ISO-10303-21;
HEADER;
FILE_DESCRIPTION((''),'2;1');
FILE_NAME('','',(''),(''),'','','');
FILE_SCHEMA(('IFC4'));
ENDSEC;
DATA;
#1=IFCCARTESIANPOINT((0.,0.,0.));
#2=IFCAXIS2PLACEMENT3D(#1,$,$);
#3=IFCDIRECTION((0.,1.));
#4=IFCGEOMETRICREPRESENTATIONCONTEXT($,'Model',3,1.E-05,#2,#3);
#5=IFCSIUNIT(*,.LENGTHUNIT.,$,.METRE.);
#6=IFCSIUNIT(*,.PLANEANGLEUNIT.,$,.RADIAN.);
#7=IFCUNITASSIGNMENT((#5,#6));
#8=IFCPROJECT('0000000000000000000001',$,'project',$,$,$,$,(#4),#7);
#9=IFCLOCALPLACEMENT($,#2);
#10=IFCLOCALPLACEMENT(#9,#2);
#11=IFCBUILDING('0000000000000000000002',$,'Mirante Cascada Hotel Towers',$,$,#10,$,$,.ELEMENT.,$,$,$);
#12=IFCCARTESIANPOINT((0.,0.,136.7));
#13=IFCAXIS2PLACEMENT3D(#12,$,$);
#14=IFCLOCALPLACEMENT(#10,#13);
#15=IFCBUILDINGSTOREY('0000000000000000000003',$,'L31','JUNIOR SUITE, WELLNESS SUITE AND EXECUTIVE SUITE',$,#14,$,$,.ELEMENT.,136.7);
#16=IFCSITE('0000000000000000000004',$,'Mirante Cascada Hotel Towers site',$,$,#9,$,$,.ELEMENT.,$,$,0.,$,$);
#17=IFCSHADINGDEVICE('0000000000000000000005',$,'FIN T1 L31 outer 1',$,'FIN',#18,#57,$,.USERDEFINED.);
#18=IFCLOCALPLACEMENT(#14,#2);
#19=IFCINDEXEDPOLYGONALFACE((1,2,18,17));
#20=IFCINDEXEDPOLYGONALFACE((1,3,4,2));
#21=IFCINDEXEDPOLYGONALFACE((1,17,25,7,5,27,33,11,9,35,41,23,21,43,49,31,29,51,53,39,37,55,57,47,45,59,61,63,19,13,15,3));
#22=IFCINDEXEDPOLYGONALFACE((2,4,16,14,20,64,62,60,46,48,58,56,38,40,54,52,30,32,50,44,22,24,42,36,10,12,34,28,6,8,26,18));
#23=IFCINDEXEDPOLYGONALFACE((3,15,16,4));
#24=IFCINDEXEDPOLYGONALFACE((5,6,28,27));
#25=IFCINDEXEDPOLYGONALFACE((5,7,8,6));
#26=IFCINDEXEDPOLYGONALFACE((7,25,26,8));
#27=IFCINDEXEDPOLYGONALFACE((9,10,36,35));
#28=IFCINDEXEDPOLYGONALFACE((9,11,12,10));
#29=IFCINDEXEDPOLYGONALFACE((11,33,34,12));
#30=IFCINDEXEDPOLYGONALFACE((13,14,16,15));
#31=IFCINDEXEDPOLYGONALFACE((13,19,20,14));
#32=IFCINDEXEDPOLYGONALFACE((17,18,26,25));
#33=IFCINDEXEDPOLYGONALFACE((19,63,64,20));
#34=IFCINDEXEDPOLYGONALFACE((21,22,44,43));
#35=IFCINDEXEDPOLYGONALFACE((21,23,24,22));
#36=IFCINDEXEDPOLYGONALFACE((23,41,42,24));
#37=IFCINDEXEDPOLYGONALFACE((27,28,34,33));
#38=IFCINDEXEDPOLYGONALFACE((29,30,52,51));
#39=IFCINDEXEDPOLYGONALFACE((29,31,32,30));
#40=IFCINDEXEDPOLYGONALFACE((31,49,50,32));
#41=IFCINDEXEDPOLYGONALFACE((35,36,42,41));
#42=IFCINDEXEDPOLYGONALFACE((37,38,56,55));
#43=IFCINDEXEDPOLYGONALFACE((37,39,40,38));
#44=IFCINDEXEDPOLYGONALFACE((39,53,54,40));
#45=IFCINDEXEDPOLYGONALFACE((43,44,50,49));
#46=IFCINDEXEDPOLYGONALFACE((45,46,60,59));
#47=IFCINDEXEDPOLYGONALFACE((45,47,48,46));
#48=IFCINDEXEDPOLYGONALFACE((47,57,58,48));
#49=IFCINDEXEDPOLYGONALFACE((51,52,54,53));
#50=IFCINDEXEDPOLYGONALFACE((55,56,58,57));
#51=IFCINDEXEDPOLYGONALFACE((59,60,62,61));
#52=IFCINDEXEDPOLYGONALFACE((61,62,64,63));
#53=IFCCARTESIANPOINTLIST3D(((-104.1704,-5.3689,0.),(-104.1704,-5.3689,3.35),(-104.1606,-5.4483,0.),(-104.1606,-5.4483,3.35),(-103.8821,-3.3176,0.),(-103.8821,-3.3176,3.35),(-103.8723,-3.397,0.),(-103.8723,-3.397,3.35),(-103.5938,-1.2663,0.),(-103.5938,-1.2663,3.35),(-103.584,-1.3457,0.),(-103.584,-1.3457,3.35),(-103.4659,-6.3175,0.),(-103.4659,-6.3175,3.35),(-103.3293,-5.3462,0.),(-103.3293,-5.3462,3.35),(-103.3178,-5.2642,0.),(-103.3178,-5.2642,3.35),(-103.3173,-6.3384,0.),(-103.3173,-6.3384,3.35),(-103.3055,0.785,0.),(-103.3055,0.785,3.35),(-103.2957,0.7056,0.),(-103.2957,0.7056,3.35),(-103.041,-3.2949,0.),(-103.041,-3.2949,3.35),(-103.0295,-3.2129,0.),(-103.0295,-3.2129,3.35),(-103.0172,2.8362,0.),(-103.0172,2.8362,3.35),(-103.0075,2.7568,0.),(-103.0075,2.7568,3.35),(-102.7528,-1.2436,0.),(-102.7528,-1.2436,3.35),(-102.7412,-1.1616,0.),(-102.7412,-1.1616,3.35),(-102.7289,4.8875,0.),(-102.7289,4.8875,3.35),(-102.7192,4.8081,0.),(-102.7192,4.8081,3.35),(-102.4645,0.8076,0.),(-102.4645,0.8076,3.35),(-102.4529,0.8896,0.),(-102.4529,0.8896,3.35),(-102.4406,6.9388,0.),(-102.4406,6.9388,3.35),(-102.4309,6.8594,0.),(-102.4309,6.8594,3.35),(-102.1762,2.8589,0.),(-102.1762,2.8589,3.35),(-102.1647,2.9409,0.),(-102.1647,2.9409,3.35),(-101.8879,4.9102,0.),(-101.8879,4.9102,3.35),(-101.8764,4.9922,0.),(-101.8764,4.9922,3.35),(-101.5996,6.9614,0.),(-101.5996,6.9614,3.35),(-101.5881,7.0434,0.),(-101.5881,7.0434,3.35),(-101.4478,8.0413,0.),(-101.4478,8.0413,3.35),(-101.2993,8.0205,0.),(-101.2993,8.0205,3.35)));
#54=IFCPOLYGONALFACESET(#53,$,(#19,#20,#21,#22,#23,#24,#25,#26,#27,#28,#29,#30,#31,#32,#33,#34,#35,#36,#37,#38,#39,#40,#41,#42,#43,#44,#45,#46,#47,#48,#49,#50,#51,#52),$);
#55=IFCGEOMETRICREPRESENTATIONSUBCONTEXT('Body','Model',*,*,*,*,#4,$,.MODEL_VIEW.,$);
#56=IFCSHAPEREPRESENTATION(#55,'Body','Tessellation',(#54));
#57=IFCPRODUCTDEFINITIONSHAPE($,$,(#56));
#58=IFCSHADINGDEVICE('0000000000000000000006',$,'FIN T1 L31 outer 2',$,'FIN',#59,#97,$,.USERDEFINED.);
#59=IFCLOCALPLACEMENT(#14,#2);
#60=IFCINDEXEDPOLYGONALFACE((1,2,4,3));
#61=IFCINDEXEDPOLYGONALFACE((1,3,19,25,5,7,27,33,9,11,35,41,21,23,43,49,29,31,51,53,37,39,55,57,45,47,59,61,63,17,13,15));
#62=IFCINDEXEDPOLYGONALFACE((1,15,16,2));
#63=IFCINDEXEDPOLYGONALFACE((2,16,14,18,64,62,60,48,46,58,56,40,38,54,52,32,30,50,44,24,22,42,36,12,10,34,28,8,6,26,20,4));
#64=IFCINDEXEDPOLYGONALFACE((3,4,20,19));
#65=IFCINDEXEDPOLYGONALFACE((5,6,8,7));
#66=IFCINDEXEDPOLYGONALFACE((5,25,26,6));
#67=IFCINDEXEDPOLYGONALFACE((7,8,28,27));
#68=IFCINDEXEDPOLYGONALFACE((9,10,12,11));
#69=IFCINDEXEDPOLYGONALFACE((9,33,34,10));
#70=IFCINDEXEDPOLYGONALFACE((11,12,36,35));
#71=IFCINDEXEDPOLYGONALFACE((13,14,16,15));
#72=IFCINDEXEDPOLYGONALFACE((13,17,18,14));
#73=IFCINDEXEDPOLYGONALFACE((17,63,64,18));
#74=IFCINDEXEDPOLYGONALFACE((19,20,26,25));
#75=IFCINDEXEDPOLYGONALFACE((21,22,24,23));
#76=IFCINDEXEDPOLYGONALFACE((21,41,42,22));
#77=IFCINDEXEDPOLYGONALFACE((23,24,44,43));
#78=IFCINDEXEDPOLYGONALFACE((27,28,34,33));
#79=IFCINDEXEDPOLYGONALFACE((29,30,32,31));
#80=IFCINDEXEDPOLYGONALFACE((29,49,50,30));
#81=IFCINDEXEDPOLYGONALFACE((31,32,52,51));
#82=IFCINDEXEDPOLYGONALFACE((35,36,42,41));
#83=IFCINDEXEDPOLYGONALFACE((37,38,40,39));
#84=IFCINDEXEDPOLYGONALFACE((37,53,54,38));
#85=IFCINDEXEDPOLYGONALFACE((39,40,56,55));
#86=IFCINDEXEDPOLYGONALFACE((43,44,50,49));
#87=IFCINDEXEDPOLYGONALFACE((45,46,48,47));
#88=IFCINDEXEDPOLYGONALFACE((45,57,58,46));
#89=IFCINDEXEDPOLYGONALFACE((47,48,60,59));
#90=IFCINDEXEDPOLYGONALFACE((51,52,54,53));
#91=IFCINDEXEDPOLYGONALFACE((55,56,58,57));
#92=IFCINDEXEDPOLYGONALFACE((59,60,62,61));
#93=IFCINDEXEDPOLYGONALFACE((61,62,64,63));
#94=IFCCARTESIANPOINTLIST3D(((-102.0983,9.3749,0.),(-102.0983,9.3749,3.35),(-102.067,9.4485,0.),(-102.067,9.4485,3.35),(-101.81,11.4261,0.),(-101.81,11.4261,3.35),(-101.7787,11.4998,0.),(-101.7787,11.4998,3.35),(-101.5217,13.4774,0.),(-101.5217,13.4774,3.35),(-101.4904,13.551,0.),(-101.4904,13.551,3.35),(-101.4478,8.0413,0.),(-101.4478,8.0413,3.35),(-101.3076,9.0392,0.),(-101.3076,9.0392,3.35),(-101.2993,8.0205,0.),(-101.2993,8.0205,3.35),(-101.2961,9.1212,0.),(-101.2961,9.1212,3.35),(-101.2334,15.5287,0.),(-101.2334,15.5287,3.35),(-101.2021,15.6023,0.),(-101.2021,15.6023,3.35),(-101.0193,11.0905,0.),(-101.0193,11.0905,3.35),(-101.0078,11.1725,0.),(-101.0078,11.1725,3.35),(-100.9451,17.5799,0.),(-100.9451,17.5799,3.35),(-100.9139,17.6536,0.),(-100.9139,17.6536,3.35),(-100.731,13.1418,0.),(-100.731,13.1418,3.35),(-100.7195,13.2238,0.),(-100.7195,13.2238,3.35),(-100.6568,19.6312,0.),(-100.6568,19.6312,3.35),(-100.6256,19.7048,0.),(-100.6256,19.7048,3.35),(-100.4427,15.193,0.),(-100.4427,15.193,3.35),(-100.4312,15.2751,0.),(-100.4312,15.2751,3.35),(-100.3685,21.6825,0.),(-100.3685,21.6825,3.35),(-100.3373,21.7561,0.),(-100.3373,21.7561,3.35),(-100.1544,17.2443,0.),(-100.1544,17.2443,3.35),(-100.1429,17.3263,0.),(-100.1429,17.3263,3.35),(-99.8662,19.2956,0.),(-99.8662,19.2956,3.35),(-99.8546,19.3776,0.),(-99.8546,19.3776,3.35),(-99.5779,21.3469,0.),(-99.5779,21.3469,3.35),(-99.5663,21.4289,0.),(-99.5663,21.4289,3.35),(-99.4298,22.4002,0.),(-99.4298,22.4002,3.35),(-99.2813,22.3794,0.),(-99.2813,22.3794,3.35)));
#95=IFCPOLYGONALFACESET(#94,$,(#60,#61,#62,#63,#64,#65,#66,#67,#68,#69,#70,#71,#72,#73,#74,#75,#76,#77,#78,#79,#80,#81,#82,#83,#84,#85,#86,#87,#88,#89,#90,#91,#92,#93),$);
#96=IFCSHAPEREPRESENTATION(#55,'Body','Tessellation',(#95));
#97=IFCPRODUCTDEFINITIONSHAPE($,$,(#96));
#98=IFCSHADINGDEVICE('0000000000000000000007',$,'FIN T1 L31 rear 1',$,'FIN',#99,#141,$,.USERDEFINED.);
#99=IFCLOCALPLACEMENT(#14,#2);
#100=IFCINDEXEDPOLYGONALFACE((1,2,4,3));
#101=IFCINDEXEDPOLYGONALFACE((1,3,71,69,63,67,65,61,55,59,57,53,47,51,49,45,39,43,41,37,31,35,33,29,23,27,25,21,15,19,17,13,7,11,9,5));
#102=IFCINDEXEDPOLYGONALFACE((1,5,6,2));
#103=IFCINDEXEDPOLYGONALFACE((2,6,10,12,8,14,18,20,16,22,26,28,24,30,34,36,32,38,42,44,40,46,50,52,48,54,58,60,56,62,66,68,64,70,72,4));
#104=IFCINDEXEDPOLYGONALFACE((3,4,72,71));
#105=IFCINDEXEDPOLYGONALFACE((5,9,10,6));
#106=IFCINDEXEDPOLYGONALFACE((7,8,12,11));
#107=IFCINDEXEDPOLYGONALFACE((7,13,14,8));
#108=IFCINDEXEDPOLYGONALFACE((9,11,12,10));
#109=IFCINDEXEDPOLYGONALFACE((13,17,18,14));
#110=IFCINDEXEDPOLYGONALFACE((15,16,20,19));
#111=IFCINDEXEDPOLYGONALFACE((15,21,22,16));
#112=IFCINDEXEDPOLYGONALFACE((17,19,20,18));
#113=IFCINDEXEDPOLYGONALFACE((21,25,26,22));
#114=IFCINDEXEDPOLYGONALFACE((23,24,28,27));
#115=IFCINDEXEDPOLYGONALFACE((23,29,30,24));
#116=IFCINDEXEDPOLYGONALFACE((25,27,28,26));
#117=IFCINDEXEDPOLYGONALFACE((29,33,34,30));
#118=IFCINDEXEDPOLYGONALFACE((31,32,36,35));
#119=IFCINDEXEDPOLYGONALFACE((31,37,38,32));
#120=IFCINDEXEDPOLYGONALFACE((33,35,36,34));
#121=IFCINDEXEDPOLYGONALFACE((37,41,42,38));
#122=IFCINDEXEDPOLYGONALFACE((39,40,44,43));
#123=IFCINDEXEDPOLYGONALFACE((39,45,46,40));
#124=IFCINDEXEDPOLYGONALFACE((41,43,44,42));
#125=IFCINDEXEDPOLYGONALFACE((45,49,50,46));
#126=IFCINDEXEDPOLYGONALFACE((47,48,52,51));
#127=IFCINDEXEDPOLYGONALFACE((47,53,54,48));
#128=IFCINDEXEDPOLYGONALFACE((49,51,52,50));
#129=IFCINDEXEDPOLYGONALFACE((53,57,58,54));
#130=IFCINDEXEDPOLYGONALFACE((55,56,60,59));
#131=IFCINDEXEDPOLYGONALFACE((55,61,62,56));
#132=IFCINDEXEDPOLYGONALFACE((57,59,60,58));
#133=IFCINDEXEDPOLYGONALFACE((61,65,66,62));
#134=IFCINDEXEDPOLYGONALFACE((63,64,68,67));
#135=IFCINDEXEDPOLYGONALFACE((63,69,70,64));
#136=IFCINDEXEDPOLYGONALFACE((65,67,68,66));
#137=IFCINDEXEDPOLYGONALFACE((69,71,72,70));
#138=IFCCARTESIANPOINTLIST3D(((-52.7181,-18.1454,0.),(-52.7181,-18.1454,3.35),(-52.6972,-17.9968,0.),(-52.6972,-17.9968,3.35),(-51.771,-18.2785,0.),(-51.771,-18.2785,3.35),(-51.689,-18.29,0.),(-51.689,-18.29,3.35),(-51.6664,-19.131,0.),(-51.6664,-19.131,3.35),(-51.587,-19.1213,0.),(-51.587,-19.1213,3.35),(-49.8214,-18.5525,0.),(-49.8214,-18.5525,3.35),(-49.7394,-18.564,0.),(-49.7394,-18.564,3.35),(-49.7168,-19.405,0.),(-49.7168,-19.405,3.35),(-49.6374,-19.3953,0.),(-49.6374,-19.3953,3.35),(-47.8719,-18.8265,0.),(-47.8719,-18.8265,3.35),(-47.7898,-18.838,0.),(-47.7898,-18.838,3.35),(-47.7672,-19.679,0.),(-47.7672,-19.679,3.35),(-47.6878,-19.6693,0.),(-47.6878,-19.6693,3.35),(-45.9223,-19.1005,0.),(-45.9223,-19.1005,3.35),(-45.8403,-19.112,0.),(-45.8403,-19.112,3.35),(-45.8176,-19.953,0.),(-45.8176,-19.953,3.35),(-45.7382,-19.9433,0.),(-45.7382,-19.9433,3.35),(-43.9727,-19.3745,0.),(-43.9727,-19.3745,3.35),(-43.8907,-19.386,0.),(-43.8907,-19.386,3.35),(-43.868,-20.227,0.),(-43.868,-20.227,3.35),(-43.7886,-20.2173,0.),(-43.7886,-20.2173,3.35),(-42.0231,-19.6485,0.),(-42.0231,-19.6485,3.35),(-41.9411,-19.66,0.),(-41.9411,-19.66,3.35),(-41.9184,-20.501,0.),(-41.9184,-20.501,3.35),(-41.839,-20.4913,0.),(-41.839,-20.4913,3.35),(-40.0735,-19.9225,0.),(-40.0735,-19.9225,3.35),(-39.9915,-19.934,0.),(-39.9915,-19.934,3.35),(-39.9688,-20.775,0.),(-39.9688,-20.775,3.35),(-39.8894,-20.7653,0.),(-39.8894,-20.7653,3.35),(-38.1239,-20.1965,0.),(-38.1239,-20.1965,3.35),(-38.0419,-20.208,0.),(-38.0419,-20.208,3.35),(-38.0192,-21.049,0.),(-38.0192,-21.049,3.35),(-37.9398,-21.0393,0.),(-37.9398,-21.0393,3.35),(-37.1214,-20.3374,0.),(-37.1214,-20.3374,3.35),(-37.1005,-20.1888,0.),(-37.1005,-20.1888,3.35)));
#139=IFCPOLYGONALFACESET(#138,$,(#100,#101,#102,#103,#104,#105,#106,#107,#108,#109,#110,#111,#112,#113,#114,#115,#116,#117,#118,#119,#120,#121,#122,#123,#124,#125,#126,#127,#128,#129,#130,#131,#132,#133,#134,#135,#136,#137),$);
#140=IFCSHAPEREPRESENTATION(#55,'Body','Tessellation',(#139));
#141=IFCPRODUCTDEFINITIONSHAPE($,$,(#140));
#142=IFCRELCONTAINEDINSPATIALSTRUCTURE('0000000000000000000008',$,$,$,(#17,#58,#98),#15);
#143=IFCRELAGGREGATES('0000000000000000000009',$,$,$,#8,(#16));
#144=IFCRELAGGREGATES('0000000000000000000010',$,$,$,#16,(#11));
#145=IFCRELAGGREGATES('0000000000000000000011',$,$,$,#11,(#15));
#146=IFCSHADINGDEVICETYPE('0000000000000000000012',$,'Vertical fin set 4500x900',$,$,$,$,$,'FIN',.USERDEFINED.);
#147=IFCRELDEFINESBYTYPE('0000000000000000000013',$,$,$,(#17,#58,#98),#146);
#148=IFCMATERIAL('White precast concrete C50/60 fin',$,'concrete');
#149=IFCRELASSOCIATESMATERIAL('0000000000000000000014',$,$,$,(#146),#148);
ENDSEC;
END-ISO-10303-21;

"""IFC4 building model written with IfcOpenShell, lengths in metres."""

from ifc_helpers import new_model, si_unit, direction, frame, origin, place, context, subcontext, project, spatial, polyline, outline, extrude, material, type_object, element, save


model = new_model("IFC4")

# Units and contexts
model_context = context("Model", 3, precision=1e-05, world=origin(), true_north=direction((0.0, 1.0)))
body_context = subcontext(model_context, "Body", "Model", "MODEL_VIEW")
ifc_project = project(units=[si_unit("LENGTHUNIT", "METRE"), si_unit("PLANEANGLEUNIT", "RADIAN")], contexts=[model_context])

# Site, building, storey
site_placement = place(None, origin())
site = spatial("IfcSite", under=ifc_project, at=site_placement, Name="Mirante Cascada Hotel Towers site", CompositionType="ELEMENT", RefElevation=0.0)
building_placement = place(site_placement, origin())
building = spatial("IfcBuilding", under=site, at=building_placement, Name="Mirante Cascada Hotel Towers", CompositionType="ELEMENT")
storey_placement = place(building_placement, frame((0.0, 0.0, 136.7)))
storey = spatial("IfcBuildingStorey", under=building, at=storey_placement, Name="L31", Description="JUNIOR SUITE, WELLNESS SUITE AND EXECUTIVE SUITE", CompositionType="ELEMENT", Elevation=136.7)

# Shading devices
ifc_material_1 = material(Name="White precast concrete C50/60 fin", Category="concrete")
shading_device_type = type_object("IfcShadingDeviceType", Name="Vertical fin set 4500x900", ElementType="FIN", PredefinedType="USERDEFINED", material=ifc_material_1)
shading_device_1_placement = place(storey_placement, origin())
element("IfcShadingDevice", 1, at=shading_device_1_placement, inside=storey, type_object=shading_device_type, Name="FIN T1 L31 outer 1", ObjectType="FIN", PredefinedType="USERDEFINED", context=body_context, shape_type="SweptSolid", body=[
    extrude(outline(polyline([(-103.3178, -5.2642), (-103.041, -3.2949), (-103.8723, -3.397), (-103.8821, -3.3176), (-103.0295, -3.2129), (-102.7528, -1.2436), (-103.584, -1.3457), (-103.5938, -1.2663), (-102.7412, -1.1616), (-102.4645, 0.8076), (-103.2957, 0.7056), (-103.3055, 0.785), (-102.4529, 0.8896), (-102.1762, 2.8589), (-103.0075, 2.7568), (-103.0172, 2.8362), (-102.1647, 2.9409), (-101.8879, 4.9102), (-102.7192, 4.8081), (-102.7289, 4.8875), (-101.8764, 4.9922), (-101.5996, 6.9614), (-102.4309, 6.8594), (-102.4406, 6.9388), (-101.5881, 7.0434), (-101.4478, 8.0413), (-101.2993, 8.0205), (-103.3173, -6.3384), (-103.4659, -6.3175), (-103.3293, -5.3462), (-104.1606, -5.4483), (-104.1704, -5.3689), (-103.3178, -5.2642)])), origin(), (0.0, 0.0, 1.0), 3.35),
])
shading_device_2_placement = place(storey_placement, origin())
element("IfcShadingDevice", 2, at=shading_device_2_placement, inside=storey, type_object=shading_device_type, Name="FIN T1 L31 outer 2", ObjectType="FIN", PredefinedType="USERDEFINED", context=body_context, shape_type="SweptSolid", body=[
    extrude(outline(polyline([(-101.2961, 9.1212), (-101.0193, 11.0905), (-101.81, 11.4261), (-101.7787, 11.4998), (-101.0078, 11.1725), (-100.731, 13.1418), (-101.5217, 13.4774), (-101.4904, 13.551), (-100.7195, 13.2238), (-100.4427, 15.193), (-101.2334, 15.5287), (-101.2021, 15.6023), (-100.4312, 15.2751), (-100.1544, 17.2443), (-100.9451, 17.5799), (-100.9139, 17.6536), (-100.1429, 17.3263), (-99.8662, 19.2956), (-100.6568, 19.6312), (-100.6256, 19.7048), (-99.8546, 19.3776), (-99.5779, 21.3469), (-100.3685, 21.6825), (-100.3373, 21.7561), (-99.5663, 21.4289), (-99.4298, 22.4002), (-99.2813, 22.3794), (-101.2993, 8.0205), (-101.4478, 8.0413), (-101.3076, 9.0392), (-102.0983, 9.3749), (-102.067, 9.4485), (-101.2961, 9.1212)])), origin(), (0.0, 0.0, 1.0), 3.35),
])
shading_device_3_placement = place(storey_placement, origin())
element("IfcShadingDevice", 3, at=shading_device_3_placement, inside=storey, type_object=shading_device_type, Name="FIN T1 L31 rear 1", ObjectType="FIN", PredefinedType="USERDEFINED", context=body_context, shape_type="SweptSolid", body=[
    extrude(outline(polyline([(-38.1239, -20.1965), (-39.9915, -19.934), (-39.8894, -20.7653), (-39.9688, -20.775), (-40.0735, -19.9225), (-41.9411, -19.66), (-41.839, -20.4913), (-41.9184, -20.501), (-42.0231, -19.6485), (-43.8907, -19.386), (-43.7886, -20.2173), (-43.868, -20.227), (-43.9727, -19.3745), (-45.8403, -19.112), (-45.7382, -19.9433), (-45.8176, -19.953), (-45.9223, -19.1005), (-47.7898, -18.838), (-47.6878, -19.6693), (-47.7672, -19.679), (-47.8719, -18.8265), (-49.7394, -18.564), (-49.6374, -19.3953), (-49.7168, -19.405), (-49.8214, -18.5525), (-51.689, -18.29), (-51.587, -19.1213), (-51.6664, -19.131), (-51.771, -18.2785), (-52.7181, -18.1454), (-52.6972, -17.9968), (-37.1005, -20.1888), (-37.1214, -20.3374), (-38.0419, -20.208), (-37.9398, -21.0393), (-38.0192, -21.049), (-38.1239, -20.1965)])), origin(), (0.0, 0.0, 1.0), 3.35),
])

save(model, "model.ifc")
